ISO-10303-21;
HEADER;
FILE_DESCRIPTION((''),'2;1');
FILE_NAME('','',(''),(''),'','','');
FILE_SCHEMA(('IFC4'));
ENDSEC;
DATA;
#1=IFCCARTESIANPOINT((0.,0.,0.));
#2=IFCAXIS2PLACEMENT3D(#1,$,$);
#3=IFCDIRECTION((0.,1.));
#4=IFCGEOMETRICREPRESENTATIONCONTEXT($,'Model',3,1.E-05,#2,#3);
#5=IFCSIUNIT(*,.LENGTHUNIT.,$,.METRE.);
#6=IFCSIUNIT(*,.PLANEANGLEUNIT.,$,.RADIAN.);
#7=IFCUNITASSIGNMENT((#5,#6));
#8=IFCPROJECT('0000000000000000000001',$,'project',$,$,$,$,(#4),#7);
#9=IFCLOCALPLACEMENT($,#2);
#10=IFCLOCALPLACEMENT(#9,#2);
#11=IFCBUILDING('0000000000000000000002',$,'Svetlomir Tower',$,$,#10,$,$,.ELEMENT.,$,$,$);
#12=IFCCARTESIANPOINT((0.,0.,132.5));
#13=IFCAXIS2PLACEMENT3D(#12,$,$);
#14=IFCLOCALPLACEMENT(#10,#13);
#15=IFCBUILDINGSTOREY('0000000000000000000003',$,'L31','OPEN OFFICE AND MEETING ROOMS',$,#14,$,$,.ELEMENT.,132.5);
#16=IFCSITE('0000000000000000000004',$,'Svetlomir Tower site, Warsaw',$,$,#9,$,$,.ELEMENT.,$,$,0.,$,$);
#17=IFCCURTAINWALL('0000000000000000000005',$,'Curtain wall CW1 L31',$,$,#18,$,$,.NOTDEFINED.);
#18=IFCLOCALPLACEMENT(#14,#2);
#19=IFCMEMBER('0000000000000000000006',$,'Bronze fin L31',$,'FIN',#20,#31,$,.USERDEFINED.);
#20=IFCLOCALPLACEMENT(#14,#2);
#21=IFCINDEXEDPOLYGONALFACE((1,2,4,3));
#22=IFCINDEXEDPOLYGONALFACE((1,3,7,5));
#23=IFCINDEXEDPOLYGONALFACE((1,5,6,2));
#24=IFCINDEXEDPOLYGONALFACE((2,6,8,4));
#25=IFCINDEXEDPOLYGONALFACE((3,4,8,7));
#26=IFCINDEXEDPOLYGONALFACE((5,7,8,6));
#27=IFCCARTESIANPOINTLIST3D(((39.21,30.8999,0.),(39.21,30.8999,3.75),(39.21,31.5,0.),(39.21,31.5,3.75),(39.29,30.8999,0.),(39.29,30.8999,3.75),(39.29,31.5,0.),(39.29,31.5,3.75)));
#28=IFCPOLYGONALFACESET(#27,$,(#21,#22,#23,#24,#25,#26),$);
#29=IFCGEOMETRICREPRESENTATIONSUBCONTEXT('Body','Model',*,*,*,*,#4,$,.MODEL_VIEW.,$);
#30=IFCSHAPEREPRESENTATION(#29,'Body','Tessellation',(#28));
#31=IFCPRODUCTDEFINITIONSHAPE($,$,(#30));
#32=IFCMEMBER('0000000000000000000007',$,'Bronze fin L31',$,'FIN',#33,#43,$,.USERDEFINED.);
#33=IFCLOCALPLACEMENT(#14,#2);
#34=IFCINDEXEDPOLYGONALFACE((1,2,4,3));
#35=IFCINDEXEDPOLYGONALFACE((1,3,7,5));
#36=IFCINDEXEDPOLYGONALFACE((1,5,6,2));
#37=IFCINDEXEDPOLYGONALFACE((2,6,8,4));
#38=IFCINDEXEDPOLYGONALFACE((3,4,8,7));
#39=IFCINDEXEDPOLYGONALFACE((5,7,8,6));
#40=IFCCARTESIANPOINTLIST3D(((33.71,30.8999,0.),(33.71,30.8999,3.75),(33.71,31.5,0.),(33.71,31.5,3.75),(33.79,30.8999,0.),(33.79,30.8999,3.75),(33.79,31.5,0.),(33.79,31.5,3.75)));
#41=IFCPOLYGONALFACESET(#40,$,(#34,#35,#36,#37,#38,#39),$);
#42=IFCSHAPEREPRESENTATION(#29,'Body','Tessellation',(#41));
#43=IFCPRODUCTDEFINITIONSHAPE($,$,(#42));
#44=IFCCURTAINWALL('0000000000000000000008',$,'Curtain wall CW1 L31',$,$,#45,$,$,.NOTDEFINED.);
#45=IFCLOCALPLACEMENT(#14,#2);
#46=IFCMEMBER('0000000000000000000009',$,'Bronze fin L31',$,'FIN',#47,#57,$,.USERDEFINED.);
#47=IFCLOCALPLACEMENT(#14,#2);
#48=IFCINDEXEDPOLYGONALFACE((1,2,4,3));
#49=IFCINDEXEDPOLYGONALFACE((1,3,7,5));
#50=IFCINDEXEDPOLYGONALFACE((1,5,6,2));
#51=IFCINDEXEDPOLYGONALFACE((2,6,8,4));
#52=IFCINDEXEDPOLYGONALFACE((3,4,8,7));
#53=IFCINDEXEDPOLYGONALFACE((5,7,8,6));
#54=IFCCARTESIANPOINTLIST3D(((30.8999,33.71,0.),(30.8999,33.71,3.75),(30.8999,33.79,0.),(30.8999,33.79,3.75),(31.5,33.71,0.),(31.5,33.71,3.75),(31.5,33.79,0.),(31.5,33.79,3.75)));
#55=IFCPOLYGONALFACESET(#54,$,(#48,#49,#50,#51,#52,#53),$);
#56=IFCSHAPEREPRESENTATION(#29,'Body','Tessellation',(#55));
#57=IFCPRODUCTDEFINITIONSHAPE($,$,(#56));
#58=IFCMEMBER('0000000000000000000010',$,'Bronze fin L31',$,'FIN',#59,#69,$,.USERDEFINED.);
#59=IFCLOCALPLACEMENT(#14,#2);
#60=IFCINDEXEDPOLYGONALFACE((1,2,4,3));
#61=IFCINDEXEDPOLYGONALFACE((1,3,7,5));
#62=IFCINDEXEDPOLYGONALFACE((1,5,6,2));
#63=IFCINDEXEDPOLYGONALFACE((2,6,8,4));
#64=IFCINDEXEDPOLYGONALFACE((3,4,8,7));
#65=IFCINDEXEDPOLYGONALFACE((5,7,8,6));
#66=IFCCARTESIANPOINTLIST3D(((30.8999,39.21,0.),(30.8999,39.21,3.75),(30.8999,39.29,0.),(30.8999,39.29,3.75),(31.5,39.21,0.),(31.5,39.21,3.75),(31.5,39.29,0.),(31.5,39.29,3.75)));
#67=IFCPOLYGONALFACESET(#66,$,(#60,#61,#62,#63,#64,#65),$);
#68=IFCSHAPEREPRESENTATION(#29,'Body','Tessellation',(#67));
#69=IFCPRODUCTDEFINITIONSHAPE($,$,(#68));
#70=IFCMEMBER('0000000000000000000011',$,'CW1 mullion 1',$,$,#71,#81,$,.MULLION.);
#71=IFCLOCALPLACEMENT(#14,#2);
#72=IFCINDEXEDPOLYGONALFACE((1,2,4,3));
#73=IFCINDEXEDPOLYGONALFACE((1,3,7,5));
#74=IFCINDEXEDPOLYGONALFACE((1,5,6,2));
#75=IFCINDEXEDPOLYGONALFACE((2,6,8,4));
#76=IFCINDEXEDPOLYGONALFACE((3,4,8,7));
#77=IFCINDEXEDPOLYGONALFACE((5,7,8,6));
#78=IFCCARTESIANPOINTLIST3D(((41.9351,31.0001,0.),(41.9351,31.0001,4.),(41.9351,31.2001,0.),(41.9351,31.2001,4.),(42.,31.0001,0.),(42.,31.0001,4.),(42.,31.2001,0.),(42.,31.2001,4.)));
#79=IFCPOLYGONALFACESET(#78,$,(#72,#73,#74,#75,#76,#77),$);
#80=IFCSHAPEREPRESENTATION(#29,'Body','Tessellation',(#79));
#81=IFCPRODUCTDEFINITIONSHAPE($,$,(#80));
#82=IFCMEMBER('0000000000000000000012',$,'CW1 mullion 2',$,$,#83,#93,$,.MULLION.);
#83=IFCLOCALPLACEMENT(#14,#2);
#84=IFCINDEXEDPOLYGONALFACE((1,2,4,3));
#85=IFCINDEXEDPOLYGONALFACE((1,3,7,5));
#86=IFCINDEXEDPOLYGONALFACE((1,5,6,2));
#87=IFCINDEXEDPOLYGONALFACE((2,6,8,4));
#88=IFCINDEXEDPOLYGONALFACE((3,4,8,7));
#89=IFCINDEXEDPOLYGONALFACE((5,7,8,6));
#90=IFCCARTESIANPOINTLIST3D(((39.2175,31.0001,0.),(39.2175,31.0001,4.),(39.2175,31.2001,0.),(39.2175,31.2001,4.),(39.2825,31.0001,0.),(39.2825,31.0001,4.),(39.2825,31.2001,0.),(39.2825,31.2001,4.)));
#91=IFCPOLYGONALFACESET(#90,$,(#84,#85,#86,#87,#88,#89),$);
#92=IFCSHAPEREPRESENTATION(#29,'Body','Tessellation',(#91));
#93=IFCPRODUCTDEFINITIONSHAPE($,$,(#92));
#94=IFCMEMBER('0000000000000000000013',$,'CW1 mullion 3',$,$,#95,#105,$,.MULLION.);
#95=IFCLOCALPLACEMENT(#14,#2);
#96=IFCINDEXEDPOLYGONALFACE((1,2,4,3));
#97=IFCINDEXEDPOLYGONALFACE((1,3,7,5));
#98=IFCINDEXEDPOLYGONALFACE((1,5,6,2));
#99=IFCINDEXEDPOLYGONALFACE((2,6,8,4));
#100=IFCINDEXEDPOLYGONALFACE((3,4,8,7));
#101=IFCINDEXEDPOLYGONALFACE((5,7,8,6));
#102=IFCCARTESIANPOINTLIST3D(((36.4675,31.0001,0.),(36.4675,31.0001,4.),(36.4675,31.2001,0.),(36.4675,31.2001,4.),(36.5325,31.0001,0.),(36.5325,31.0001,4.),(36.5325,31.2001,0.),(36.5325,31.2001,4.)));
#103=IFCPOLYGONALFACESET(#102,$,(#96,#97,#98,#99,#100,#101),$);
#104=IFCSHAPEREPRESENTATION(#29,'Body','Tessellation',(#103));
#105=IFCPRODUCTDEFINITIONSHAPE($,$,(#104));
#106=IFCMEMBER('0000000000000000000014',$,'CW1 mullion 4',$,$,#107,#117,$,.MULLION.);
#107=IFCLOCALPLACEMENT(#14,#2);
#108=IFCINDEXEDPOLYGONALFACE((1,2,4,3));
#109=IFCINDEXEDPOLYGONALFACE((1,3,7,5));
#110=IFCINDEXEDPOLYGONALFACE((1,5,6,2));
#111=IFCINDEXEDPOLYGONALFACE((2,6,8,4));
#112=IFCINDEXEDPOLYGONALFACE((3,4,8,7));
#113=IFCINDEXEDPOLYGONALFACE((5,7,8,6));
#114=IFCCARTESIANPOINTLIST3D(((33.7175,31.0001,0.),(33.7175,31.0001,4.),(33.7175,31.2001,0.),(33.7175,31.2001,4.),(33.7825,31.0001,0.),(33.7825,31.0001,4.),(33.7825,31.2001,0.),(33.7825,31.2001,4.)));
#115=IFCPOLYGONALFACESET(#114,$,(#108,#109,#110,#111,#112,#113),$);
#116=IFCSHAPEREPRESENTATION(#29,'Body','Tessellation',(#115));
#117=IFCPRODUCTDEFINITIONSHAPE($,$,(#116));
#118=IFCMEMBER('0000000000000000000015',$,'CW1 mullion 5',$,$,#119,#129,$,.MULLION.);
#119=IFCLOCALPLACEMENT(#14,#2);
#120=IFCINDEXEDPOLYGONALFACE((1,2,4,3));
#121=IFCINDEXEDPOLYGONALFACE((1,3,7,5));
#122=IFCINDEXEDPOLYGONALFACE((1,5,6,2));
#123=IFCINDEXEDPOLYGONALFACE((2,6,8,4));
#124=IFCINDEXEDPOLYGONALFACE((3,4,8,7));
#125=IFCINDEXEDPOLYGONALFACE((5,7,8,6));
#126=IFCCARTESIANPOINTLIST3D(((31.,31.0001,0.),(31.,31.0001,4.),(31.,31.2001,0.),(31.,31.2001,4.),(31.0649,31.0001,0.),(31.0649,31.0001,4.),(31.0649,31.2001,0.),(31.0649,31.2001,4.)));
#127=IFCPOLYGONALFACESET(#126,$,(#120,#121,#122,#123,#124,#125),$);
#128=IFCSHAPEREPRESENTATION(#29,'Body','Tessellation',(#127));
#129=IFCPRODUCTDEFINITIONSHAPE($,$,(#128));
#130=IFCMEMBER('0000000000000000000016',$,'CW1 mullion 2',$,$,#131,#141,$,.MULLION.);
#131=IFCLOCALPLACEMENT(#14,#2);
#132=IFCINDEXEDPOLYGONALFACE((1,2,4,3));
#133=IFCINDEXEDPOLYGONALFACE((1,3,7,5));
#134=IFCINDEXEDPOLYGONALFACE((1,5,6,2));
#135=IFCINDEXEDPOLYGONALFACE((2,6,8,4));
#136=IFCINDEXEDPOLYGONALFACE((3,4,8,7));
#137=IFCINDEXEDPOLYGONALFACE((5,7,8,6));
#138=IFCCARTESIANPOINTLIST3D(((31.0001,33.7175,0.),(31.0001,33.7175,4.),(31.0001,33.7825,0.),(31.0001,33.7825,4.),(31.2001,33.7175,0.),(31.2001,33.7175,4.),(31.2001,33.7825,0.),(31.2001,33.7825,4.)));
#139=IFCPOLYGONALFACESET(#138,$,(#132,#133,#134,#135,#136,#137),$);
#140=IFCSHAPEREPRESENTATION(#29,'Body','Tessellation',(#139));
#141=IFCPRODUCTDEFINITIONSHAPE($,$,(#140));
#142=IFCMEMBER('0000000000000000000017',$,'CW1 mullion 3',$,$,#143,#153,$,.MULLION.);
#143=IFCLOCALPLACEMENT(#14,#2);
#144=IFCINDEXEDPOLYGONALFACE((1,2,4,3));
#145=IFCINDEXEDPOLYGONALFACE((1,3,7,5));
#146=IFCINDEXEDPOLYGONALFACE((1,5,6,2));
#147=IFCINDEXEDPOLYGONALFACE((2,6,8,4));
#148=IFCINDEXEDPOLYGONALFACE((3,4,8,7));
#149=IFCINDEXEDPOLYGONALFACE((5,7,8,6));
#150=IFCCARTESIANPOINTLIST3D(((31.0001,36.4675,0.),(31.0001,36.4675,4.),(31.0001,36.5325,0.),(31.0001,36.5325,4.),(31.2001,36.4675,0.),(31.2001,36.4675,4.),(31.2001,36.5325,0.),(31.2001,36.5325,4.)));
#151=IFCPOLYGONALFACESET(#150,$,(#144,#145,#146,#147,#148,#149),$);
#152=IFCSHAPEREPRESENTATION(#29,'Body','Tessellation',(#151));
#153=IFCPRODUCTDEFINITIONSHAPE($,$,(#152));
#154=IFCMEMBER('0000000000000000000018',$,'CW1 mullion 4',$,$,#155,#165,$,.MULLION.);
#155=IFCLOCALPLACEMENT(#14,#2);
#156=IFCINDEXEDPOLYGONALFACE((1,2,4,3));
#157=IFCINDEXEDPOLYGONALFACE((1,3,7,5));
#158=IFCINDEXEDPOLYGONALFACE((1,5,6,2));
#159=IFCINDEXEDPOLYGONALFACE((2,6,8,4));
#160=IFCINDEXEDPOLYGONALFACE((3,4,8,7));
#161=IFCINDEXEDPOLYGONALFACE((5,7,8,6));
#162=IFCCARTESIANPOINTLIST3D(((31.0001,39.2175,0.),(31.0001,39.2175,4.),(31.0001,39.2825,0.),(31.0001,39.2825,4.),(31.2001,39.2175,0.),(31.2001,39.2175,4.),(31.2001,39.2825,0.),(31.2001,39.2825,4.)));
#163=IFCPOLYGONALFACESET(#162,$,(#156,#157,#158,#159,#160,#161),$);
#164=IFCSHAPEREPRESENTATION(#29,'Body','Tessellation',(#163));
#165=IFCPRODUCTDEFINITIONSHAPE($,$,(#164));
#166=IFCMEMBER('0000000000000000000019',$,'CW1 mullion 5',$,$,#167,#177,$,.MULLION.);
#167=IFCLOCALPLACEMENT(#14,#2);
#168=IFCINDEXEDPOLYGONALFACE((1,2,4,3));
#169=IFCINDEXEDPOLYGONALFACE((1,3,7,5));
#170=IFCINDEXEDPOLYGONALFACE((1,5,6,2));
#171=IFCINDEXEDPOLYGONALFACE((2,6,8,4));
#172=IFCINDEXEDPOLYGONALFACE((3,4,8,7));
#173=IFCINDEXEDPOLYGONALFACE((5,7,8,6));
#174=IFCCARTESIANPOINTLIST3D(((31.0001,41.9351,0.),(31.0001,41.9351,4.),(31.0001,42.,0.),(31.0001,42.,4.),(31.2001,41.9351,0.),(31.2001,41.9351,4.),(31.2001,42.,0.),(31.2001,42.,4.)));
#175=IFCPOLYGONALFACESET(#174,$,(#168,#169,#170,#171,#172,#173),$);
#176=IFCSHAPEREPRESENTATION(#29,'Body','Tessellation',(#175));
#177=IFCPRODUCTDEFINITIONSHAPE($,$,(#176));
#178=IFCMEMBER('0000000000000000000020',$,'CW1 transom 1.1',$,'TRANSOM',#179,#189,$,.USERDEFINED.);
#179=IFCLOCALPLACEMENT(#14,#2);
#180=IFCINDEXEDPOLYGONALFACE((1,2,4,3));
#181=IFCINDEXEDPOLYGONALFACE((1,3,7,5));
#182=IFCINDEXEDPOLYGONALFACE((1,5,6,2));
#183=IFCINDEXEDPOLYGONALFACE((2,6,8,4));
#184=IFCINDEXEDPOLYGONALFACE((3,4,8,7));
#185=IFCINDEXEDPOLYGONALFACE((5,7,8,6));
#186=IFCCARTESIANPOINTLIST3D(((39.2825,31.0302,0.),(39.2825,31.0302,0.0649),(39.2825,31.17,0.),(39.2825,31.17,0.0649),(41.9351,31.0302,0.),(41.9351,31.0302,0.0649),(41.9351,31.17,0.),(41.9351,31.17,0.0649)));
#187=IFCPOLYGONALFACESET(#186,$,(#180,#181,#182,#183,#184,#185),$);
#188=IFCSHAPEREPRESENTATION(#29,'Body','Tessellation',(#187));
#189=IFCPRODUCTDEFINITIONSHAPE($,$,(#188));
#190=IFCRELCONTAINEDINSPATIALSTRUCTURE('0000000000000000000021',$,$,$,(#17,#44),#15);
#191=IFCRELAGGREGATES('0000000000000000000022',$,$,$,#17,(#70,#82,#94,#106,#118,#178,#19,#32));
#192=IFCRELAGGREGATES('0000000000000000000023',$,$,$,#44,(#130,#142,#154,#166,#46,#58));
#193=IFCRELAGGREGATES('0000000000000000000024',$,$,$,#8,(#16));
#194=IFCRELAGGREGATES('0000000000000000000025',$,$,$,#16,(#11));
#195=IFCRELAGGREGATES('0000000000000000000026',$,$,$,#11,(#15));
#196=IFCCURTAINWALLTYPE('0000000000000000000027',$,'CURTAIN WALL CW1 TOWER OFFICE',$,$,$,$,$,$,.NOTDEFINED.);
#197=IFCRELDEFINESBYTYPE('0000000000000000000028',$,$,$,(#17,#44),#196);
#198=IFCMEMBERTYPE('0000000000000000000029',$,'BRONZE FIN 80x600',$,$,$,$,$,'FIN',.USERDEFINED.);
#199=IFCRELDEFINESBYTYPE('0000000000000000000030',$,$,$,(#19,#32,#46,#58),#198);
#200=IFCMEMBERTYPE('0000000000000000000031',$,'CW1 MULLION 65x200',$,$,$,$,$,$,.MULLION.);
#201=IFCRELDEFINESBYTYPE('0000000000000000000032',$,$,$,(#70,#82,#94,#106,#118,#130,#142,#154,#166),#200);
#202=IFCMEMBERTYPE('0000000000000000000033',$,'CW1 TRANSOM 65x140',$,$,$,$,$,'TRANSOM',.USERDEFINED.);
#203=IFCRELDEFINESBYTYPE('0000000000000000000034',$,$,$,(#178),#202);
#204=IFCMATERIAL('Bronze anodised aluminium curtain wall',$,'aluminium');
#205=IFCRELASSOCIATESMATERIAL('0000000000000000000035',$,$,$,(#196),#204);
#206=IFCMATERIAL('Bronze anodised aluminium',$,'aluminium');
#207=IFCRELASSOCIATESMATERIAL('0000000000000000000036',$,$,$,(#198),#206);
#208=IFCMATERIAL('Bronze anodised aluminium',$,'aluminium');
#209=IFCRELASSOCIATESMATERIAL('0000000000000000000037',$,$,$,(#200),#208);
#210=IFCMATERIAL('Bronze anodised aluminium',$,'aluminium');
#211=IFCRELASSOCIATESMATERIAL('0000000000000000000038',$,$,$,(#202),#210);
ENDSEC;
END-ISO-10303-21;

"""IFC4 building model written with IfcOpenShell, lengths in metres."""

from ifc_helpers import new_model, si_unit, direction, frame, origin, origin_2d, place, context, subcontext, project, spatial, rectangle, extrude, material, material_profile, profile_set, type_object, element, aggregate, save


model = new_model("IFC4")

# Units and contexts
model_context = context("Model", 3, precision=1e-05, world=origin(), true_north=direction((0.0, 1.0)))
body_context = subcontext(model_context, "Body", "Model", "MODEL_VIEW")
ifc_project = project(units=[si_unit("LENGTHUNIT", "METRE"), si_unit("PLANEANGLEUNIT", "RADIAN")], contexts=[model_context])

# Site, building, storey
site_placement = place(None, origin())
site = spatial("IfcSite", under=ifc_project, at=site_placement, Name="Svetlomir Tower site, Warsaw", CompositionType="ELEMENT", RefElevation=0.0)
building_placement = place(site_placement, origin())
building = spatial("IfcBuilding", under=site, at=building_placement, Name="Svetlomir Tower", CompositionType="ELEMENT")
storey_placement = place(building_placement, frame((0.0, 0.0, 132.5)))
storey = spatial("IfcBuildingStorey", under=building, at=storey_placement, Name="L31", Description="OPEN OFFICE AND MEETING ROOMS", CompositionType="ELEMENT", Elevation=132.5)

# Curtain walls, members
ifc_material_1 = material(Name="Bronze anodised aluminium curtain wall", Category="aluminium")
curtain_wall_type = type_object("IfcCurtainWallType", Name="CURTAIN WALL CW1 TOWER OFFICE", PredefinedType="NOTDEFINED", material=ifc_material_1)
curtain_wall_1_placement = place(storey_placement, origin())
curtain_wall_1 = element("IfcCurtainWall", 1, at=curtain_wall_1_placement, inside=storey, type_object=curtain_wall_type, Name="Curtain wall CW1 L31", PredefinedType="NOTDEFINED")
ifc_material_2 = material(Name="Bronze anodised aluminium", Category="aluminium")
ifc_material_profile_1 = material_profile(ifc_material_2, rectangle(XDim=0.0801, YDim=0.6001, at=origin_2d()), Name="FIN 80x600")
ifc_profile_set_1 = profile_set([ifc_material_profile_1], Name="Bronze anodised aluminium 6063-T6")
member_type_1 = type_object("IfcMemberType", Name="BRONZE FIN 80x600", ElementType="FIN", PredefinedType="USERDEFINED", material=ifc_profile_set_1)
member_1_placement = place(storey_placement, frame((39.25, 31.2, 0.0), z_axis=(0.0, 0.0, 1.0), x_axis=(1.0, 0.0, 0.0)))
member_1 = element("IfcMember", 2, at=member_1_placement, type_object=member_type_1, Name="Bronze fin L31", ObjectType="FIN", PredefinedType="USERDEFINED", context=body_context, shape_type="SweptSolid", body=[
    extrude(rectangle(XDim=0.0801, YDim=0.6001, at=origin_2d()), origin(), (0.0, 0.0, 1.0), 3.75),
])
member_2_placement = place(storey_placement, frame((33.75, 31.2, 0.0), z_axis=(0.0, 0.0, 1.0), x_axis=(1.0, 0.0, 0.0)))
member_2 = element("IfcMember", 3, at=member_2_placement, type_object=member_type_1, Name="Bronze fin L31", ObjectType="FIN", PredefinedType="USERDEFINED", context=body_context, shape_type="SweptSolid", body=[
    extrude(rectangle(XDim=0.0801, YDim=0.6001, at=origin_2d()), origin(), (0.0, 0.0, 1.0), 3.75),
])
curtain_wall_2_placement = place(storey_placement, origin())
curtain_wall_2 = element("IfcCurtainWall", 4, at=curtain_wall_2_placement, inside=storey, type_object=curtain_wall_type, Name="Curtain wall CW1 L31", PredefinedType="NOTDEFINED")
member_3_placement = place(storey_placement, frame((31.2, 33.75, 0.0), z_axis=(0.0, 0.0, 1.0), x_axis=(0.0, 1.0, 0.0)))
member_3 = element("IfcMember", 5, at=member_3_placement, type_object=member_type_1, Name="Bronze fin L31", ObjectType="FIN", PredefinedType="USERDEFINED", context=body_context, shape_type="SweptSolid", body=[
    extrude(rectangle(XDim=0.0801, YDim=0.6001, at=origin_2d()), origin(), (0.0, 0.0, 1.0), 3.75),
])
member_4_placement = place(storey_placement, frame((31.2, 39.25, 0.0), z_axis=(0.0, 0.0, 1.0), x_axis=(0.0, 1.0, 0.0)))
member_4 = element("IfcMember", 6, at=member_4_placement, type_object=member_type_1, Name="Bronze fin L31", ObjectType="FIN", PredefinedType="USERDEFINED", context=body_context, shape_type="SweptSolid", body=[
    extrude(rectangle(XDim=0.0801, YDim=0.6001, at=origin_2d()), origin(), (0.0, 0.0, 1.0), 3.75),
])

# Members
ifc_material_3 = material(Name="Bronze anodised aluminium", Category="aluminium")
ifc_material_profile_2 = material_profile(ifc_material_3, rectangle(XDim=0.0649, YDim=0.2, at=origin_2d()), Name="AL 65x200")
ifc_profile_set_2 = profile_set([ifc_material_profile_2], Name="Bronze anodised aluminium 6063-T6")
member_type_2 = type_object("IfcMemberType", Name="CW1 MULLION 65x200", PredefinedType="MULLION", material=ifc_profile_set_2)
member_5_placement = place(storey_placement, frame((41.9675, 31.1001, 0.0), z_axis=(0.0, 0.0, 1.0), x_axis=(-1.0, 0.0, 0.0)))
member_5 = element("IfcMember", 7, at=member_5_placement, type_object=member_type_2, Name="CW1 mullion 1", PredefinedType="MULLION", context=body_context, shape_type="SweptSolid", body=[
    extrude(rectangle(XDim=0.0649, YDim=0.2, at=origin_2d()), origin(), (0.0, 0.0, 1.0), 4.0),
])
member_6_placement = place(storey_placement, frame((39.25, 31.1001, 0.0), z_axis=(0.0, 0.0, 1.0), x_axis=(-1.0, 0.0, 0.0)))
member_6 = element("IfcMember", 8, at=member_6_placement, type_object=member_type_2, Name="CW1 mullion 2", PredefinedType="MULLION", context=body_context, shape_type="SweptSolid", body=[
    extrude(rectangle(XDim=0.0649, YDim=0.2, at=origin_2d()), origin(), (0.0, 0.0, 1.0), 4.0),
])
member_7_placement = place(storey_placement, frame((36.5, 31.1001, 0.0), z_axis=(0.0, 0.0, 1.0), x_axis=(-1.0, 0.0, 0.0)))
member_7 = element("IfcMember", 9, at=member_7_placement, type_object=member_type_2, Name="CW1 mullion 3", PredefinedType="MULLION", context=body_context, shape_type="SweptSolid", body=[
    extrude(rectangle(XDim=0.0649, YDim=0.2, at=origin_2d()), origin(), (0.0, 0.0, 1.0), 4.0),
])
member_8_placement = place(storey_placement, frame((33.75, 31.1001, 0.0), z_axis=(0.0, 0.0, 1.0), x_axis=(-1.0, 0.0, 0.0)))
member_8 = element("IfcMember", 10, at=member_8_placement, type_object=member_type_2, Name="CW1 mullion 4", PredefinedType="MULLION", context=body_context, shape_type="SweptSolid", body=[
    extrude(rectangle(XDim=0.0649, YDim=0.2, at=origin_2d()), origin(), (0.0, 0.0, 1.0), 4.0),
])
member_9_placement = place(storey_placement, frame((31.0325, 31.1001, 0.0), z_axis=(0.0, 0.0, 1.0), x_axis=(-1.0, 0.0, 0.0)))
member_9 = element("IfcMember", 11, at=member_9_placement, type_object=member_type_2, Name="CW1 mullion 5", PredefinedType="MULLION", context=body_context, shape_type="SweptSolid", body=[
    extrude(rectangle(XDim=0.0649, YDim=0.2, at=origin_2d()), origin(), (0.0, 0.0, 1.0), 4.0),
])
member_10_placement = place(storey_placement, frame((31.1001, 33.75, 0.0), z_axis=(0.0, 0.0, 1.0), x_axis=(0.0, 1.0, 0.0)))
member_10 = element("IfcMember", 12, at=member_10_placement, type_object=member_type_2, Name="CW1 mullion 2", PredefinedType="MULLION", context=body_context, shape_type="SweptSolid", body=[
    extrude(rectangle(XDim=0.0649, YDim=0.2, at=origin_2d()), origin(), (0.0, 0.0, 1.0), 4.0),
])
member_11_placement = place(storey_placement, frame((31.1001, 36.5, 0.0), z_axis=(0.0, 0.0, 1.0), x_axis=(0.0, 1.0, 0.0)))
member_11 = element("IfcMember", 13, at=member_11_placement, type_object=member_type_2, Name="CW1 mullion 3", PredefinedType="MULLION", context=body_context, shape_type="SweptSolid", body=[
    extrude(rectangle(XDim=0.0649, YDim=0.2, at=origin_2d()), origin(), (0.0, 0.0, 1.0), 4.0),
])
member_12_placement = place(storey_placement, frame((31.1001, 39.25, 0.0), z_axis=(0.0, 0.0, 1.0), x_axis=(0.0, 1.0, 0.0)))
member_12 = element("IfcMember", 14, at=member_12_placement, type_object=member_type_2, Name="CW1 mullion 4", PredefinedType="MULLION", context=body_context, shape_type="SweptSolid", body=[
    extrude(rectangle(XDim=0.0649, YDim=0.2, at=origin_2d()), origin(), (0.0, 0.0, 1.0), 4.0),
])
member_13_placement = place(storey_placement, frame((31.1001, 41.9675, 0.0), z_axis=(0.0, 0.0, 1.0), x_axis=(0.0, 1.0, 0.0)))
member_13 = element("IfcMember", 15, at=member_13_placement, type_object=member_type_2, Name="CW1 mullion 5", PredefinedType="MULLION", context=body_context, shape_type="SweptSolid", body=[
    extrude(rectangle(XDim=0.0649, YDim=0.2, at=origin_2d()), origin(), (0.0, 0.0, 1.0), 4.0),
])
ifc_material_4 = material(Name="Bronze anodised aluminium", Category="aluminium")
ifc_material_profile_3 = material_profile(ifc_material_4, rectangle(XDim=0.1399, YDim=0.0649, at=origin_2d()), Name="AL 140x65")
ifc_profile_set_3 = profile_set([ifc_material_profile_3], Name="Bronze anodised aluminium 6063-T6")
member_type_3 = type_object("IfcMemberType", Name="CW1 TRANSOM 65x140", ElementType="TRANSOM", PredefinedType="USERDEFINED", material=ifc_profile_set_3)
member_14_placement = place(storey_placement, frame((41.9351, 31.1001, 0.0325), z_axis=(-1.0, 0.0, 0.0), x_axis=(0.0, -1.0, 0.0)))
member_14 = element("IfcMember", 16, at=member_14_placement, type_object=member_type_3, Name="CW1 transom 1.1", ObjectType="TRANSOM", PredefinedType="USERDEFINED", context=body_context, shape_type="SweptSolid", body=[
    extrude(rectangle(XDim=0.1399, YDim=0.0649, at=origin_2d()), origin(), (0.0, 0.0, 1.0), 2.6526),
])

aggregate(curtain_wall_1, [member_5, member_6, member_7, member_8, member_9, member_14, member_1, member_2])
aggregate(curtain_wall_2, [member_10, member_11, member_12, member_13, member_3, member_4])

save(model, "model.ifc")
